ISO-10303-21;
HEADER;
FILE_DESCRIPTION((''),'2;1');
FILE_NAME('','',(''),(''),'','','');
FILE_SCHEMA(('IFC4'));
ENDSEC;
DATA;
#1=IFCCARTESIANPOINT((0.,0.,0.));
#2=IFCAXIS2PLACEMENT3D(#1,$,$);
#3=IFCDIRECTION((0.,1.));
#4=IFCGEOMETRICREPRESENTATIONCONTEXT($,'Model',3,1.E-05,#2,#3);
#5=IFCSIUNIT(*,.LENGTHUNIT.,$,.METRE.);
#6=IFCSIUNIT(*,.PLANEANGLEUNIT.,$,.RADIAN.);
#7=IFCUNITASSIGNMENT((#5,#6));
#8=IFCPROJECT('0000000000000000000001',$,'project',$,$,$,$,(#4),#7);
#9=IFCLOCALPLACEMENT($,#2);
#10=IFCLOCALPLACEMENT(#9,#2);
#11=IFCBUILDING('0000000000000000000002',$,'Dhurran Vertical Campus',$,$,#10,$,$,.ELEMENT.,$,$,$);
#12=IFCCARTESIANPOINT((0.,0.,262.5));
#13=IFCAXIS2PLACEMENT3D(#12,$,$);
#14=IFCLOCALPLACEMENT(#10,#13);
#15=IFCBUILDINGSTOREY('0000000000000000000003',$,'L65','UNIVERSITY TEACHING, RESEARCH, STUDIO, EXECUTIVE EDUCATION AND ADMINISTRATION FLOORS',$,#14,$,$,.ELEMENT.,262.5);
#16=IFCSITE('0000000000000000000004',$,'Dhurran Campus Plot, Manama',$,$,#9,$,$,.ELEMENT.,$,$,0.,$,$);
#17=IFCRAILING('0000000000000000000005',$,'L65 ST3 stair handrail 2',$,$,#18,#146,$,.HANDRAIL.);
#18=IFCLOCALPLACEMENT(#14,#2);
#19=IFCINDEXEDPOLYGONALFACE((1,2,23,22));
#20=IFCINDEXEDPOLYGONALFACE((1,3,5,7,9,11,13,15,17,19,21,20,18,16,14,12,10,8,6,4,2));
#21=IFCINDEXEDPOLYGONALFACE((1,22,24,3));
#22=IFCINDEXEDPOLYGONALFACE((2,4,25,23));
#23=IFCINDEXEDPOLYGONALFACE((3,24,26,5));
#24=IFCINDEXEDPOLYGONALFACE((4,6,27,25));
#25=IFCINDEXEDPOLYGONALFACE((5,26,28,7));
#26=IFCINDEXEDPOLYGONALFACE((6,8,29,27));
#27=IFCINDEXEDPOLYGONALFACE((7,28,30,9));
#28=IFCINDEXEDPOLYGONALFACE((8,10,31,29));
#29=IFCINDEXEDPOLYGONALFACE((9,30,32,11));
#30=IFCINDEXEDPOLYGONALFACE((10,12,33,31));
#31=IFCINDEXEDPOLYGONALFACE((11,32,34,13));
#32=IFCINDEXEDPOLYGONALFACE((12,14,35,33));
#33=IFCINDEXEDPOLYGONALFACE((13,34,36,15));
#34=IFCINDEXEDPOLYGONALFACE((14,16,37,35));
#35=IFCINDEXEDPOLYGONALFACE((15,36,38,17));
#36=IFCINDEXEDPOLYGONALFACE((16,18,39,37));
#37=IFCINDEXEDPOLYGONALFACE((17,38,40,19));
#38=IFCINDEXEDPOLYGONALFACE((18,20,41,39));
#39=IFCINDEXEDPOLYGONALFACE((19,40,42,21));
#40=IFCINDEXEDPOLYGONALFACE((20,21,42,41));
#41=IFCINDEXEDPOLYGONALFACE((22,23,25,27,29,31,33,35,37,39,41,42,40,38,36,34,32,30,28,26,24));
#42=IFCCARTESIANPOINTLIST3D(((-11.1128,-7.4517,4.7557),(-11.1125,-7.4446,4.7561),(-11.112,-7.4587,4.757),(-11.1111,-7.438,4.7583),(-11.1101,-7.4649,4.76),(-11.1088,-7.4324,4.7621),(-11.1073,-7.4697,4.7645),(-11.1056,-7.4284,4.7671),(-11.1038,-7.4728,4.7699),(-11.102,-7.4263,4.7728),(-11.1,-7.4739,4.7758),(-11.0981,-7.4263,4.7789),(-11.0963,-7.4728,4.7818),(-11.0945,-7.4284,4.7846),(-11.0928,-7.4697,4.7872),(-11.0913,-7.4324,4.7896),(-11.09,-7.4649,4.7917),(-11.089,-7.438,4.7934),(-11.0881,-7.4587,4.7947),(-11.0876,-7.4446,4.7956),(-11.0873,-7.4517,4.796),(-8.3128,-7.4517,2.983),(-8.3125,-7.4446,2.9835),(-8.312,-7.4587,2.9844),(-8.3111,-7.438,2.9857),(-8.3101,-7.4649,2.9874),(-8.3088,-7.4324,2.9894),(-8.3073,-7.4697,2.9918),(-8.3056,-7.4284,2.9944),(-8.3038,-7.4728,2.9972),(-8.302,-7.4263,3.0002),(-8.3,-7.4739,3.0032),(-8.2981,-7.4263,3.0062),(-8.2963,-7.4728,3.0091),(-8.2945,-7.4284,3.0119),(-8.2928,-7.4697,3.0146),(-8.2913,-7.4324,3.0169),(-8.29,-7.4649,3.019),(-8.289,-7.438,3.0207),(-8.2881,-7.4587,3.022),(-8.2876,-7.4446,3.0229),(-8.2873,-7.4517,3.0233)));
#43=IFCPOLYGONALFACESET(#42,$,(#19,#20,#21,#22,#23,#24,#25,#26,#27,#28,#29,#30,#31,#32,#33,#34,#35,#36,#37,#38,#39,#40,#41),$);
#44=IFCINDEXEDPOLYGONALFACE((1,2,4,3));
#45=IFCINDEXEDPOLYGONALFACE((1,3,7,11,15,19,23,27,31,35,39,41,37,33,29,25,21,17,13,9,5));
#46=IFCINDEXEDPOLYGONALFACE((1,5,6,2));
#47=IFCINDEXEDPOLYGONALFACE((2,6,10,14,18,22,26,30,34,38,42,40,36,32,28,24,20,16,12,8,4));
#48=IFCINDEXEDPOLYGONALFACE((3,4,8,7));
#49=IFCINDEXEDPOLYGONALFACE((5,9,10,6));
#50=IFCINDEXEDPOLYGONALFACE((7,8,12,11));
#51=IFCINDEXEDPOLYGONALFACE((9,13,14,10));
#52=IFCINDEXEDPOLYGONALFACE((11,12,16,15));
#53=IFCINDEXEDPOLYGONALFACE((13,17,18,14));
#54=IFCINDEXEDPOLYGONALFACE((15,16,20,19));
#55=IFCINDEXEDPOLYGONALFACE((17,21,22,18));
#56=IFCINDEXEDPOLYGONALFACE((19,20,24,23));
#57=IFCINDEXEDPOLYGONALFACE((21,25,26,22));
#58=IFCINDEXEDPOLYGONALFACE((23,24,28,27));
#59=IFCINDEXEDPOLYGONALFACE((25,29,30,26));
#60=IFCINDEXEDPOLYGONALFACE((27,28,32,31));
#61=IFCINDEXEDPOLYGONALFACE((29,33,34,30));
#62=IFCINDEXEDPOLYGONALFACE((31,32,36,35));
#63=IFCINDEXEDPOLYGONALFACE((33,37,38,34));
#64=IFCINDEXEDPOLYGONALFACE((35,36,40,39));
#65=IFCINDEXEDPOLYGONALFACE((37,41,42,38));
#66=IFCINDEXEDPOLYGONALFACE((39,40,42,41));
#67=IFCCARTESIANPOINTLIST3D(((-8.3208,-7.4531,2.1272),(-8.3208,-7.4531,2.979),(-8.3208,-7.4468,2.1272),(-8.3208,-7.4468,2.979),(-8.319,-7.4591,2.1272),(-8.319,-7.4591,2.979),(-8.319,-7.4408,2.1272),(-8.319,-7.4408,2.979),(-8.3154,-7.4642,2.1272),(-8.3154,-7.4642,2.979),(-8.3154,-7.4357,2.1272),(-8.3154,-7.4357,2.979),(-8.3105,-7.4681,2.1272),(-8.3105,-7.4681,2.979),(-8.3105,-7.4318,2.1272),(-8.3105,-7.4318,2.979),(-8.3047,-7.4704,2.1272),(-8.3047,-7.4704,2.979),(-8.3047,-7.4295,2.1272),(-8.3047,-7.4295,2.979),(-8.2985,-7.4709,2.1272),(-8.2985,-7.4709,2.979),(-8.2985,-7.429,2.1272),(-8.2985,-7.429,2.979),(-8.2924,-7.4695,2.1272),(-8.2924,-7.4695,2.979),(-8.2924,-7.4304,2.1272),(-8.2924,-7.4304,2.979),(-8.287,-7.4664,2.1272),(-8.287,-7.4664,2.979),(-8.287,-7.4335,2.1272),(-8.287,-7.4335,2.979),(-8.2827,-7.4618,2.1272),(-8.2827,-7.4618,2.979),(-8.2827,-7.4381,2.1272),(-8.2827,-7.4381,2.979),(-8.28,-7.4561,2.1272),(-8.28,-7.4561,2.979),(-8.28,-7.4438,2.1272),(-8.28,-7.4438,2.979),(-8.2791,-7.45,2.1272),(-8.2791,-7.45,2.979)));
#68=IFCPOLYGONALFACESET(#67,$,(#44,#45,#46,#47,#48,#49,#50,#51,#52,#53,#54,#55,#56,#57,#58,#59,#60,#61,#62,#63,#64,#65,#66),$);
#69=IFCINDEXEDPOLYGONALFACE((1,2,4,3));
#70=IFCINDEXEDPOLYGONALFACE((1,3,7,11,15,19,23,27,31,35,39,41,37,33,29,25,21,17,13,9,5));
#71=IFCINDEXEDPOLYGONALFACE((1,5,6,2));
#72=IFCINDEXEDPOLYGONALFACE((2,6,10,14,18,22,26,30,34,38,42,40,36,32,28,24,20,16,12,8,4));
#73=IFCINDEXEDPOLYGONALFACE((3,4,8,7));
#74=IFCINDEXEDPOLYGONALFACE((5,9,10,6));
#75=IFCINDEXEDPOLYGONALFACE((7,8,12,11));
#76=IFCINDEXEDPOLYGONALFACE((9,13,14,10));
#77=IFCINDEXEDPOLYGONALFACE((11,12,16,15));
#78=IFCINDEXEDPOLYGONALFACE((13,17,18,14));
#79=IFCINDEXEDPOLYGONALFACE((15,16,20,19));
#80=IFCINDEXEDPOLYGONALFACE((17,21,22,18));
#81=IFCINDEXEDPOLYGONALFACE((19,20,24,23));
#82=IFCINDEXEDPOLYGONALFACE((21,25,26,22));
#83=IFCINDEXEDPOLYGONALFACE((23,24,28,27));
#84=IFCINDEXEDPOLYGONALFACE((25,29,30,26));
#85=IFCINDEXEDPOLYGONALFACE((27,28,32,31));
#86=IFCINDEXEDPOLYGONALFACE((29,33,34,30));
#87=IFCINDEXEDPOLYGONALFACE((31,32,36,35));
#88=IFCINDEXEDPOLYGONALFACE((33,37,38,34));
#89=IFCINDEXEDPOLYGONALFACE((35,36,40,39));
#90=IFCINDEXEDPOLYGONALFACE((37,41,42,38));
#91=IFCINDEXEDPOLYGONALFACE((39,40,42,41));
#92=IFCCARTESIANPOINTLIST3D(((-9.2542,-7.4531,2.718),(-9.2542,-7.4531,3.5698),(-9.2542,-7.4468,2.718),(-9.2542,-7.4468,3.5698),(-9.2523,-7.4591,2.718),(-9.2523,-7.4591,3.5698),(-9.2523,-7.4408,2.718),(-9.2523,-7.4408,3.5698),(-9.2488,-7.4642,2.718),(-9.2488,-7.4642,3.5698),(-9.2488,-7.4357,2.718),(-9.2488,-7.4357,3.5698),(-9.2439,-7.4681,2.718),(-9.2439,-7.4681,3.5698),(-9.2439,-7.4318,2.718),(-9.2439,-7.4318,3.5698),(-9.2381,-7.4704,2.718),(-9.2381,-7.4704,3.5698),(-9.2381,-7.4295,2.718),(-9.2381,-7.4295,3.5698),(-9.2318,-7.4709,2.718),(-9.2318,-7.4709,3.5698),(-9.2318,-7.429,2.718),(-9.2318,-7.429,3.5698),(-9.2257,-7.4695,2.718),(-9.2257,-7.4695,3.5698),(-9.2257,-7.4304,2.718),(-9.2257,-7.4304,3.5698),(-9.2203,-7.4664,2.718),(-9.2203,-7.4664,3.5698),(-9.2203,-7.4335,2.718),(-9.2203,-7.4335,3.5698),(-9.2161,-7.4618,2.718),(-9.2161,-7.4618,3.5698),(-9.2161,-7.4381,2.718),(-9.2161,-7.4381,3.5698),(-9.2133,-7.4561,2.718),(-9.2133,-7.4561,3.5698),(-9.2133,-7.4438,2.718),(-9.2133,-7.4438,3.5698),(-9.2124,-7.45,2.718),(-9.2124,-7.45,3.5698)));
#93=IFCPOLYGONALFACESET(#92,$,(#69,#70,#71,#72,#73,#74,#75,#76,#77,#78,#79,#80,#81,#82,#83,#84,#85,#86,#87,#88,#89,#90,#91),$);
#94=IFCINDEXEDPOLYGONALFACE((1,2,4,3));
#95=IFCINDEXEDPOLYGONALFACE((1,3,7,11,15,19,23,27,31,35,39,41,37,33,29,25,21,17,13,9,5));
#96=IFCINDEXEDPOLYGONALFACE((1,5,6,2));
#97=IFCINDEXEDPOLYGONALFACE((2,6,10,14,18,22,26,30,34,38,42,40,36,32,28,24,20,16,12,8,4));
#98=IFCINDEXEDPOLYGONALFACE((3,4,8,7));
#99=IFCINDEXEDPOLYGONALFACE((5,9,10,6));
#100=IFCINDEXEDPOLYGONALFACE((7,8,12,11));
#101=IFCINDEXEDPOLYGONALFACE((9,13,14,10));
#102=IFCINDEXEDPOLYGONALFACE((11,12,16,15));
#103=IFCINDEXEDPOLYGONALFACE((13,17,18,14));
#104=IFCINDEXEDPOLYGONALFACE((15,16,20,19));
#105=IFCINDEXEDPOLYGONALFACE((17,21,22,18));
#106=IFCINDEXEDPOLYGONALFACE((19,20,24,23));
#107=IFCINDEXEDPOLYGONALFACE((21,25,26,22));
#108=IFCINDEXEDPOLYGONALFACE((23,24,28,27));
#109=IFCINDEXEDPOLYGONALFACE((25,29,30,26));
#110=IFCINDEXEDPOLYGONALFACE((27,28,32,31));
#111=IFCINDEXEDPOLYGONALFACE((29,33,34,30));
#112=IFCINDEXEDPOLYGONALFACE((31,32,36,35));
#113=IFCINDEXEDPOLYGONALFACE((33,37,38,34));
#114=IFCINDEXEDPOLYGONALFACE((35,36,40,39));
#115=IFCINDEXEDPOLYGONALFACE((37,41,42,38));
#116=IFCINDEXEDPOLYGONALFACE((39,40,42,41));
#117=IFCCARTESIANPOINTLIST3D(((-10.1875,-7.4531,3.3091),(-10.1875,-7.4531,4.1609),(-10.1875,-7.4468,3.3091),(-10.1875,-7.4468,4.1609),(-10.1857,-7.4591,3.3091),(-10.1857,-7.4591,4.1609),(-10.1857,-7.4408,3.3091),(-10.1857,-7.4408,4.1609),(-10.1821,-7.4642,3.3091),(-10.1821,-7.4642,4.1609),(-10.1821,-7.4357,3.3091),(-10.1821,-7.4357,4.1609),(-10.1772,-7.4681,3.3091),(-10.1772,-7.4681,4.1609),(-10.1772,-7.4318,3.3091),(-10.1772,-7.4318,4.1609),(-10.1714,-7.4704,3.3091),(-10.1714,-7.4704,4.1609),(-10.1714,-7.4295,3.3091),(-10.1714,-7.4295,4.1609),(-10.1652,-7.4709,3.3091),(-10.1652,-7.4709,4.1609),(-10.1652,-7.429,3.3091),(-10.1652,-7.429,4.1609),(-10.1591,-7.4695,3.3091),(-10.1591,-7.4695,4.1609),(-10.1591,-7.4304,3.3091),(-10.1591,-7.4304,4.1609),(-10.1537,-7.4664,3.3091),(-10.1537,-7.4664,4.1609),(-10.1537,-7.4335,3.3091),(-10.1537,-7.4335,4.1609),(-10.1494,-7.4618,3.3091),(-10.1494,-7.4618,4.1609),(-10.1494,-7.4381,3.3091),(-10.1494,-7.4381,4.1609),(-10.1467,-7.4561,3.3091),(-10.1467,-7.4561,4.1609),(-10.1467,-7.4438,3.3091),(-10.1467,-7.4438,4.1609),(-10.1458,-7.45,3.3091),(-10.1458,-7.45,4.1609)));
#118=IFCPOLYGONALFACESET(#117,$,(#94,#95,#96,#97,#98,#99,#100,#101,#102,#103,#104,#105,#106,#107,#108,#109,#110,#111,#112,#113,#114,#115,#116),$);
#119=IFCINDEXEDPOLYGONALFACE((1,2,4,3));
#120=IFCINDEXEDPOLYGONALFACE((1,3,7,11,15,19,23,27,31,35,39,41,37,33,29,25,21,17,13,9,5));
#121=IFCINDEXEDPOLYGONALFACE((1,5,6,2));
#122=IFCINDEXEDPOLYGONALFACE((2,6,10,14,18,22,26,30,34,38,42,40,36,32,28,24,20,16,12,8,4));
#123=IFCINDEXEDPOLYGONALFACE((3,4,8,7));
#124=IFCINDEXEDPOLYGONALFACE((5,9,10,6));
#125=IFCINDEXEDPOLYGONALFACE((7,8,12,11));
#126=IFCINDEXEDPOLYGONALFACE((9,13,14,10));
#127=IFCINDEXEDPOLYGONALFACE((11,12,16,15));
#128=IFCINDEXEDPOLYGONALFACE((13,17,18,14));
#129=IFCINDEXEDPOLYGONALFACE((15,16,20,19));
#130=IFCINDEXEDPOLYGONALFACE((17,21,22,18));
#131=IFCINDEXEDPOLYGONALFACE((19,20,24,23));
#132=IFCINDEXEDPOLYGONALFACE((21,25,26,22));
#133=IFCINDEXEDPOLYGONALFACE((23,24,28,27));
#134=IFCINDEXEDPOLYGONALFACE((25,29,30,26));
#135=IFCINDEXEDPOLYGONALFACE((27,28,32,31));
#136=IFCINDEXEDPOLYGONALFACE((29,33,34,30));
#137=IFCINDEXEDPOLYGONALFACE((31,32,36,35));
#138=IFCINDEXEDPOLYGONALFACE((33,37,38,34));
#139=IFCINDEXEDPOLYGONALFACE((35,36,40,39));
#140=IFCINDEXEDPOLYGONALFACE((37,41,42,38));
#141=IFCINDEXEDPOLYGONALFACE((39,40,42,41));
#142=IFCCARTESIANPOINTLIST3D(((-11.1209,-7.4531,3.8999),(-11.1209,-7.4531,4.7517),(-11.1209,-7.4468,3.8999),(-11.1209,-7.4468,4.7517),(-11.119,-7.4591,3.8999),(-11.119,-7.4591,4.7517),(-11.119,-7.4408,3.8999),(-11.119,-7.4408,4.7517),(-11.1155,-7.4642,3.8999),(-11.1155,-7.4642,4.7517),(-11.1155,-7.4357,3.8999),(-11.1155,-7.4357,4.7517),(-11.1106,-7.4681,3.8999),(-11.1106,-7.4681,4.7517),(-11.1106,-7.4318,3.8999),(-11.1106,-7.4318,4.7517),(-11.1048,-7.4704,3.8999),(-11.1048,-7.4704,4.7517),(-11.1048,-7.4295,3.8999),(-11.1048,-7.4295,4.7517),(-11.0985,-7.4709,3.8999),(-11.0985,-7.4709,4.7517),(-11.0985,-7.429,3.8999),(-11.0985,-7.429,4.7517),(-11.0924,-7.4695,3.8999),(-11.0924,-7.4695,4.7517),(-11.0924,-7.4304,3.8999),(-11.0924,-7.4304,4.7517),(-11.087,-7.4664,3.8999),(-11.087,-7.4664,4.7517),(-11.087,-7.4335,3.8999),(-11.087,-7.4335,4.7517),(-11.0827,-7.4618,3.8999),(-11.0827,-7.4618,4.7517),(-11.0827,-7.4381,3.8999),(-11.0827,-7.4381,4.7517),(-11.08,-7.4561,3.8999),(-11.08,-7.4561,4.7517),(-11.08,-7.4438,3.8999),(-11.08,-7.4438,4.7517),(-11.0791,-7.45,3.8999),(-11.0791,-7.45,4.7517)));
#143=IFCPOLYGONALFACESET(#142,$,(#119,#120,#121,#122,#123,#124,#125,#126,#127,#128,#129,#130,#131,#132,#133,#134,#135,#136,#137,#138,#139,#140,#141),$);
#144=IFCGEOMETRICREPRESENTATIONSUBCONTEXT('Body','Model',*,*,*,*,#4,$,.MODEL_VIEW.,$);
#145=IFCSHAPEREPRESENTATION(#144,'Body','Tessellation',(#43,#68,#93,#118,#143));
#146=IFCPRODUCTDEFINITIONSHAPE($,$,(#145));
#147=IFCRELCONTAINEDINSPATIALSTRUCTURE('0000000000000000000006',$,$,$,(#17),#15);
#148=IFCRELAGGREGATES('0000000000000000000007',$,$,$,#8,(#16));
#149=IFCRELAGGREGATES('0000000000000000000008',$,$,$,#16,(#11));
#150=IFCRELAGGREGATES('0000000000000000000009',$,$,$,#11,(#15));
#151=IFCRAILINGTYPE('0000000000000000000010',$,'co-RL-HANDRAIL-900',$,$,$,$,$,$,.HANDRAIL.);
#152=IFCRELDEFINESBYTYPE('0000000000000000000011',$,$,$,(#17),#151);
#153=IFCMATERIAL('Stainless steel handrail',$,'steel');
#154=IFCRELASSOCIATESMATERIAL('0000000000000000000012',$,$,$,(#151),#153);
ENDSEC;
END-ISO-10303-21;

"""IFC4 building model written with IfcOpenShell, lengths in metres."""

from ifc_helpers import new_model, si_unit, direction, frame, origin, origin_2d, place, context, subcontext, project, spatial, circle, extrude, material, type_object, element, save


model = new_model("IFC4")

# Units and contexts
model_context = context("Model", 3, precision=1e-05, world=origin(), true_north=direction((0.0, 1.0)))
body_context = subcontext(model_context, "Body", "Model", "MODEL_VIEW")
ifc_project = project(units=[si_unit("LENGTHUNIT", "METRE"), si_unit("PLANEANGLEUNIT", "RADIAN")], contexts=[model_context])

# Site, building, storey
site_placement = place(None, origin())
site = spatial("IfcSite", under=ifc_project, at=site_placement, Name="Dhurran Campus Plot, Manama", CompositionType="ELEMENT", RefElevation=0.0)
building_placement = place(site_placement, origin())
building = spatial("IfcBuilding", under=site, at=building_placement, Name="Dhurran Vertical Campus", CompositionType="ELEMENT")
storey_placement = place(building_placement, frame((0.0, 0.0, 262.5)))
storey = spatial("IfcBuildingStorey", under=building, at=storey_placement, Name="L65", Description="UNIVERSITY TEACHING, RESEARCH, STUDIO, EXECUTIVE EDUCATION AND ADMINISTRATION FLOORS", CompositionType="ELEMENT", Elevation=262.5)

# Railing
ifc_material_1 = material(Name="Stainless steel handrail", Category="steel")
railing_type_1 = type_object("IfcRailingType", Name="co-RL-HANDRAIL-900", PredefinedType="HANDRAIL", material=ifc_material_1)
railing_1_placement = place(storey_placement, frame((-8.3, -7.45, 2.1272)))
element("IfcRailing", 1, at=railing_1_placement, inside=storey, type_object=railing_type_1, Name="L65 ST3 stair handrail 2", PredefinedType="HANDRAIL", context=body_context, shape_type="SweptSolid", body=[
    extrude(circle(Radius=0.0239, at=origin_2d()), frame((0.0, 0.0, 0.876), z_axis=(-0.844909, 0.0, 0.53491), x_axis=(0.0, -1.0, 0.0)), (0.0, 0.0, 1.0), 3.314),
    extrude(circle(Radius=0.021, at=origin_2d()), origin(), (0.0, 0.0, 1.0), 0.8518),
    extrude(circle(Radius=0.021, at=origin_2d()), frame((-0.9333, 0.0, 0.5908)), (0.0, 0.0, 1.0), 0.8518),
    extrude(circle(Radius=0.021, at=origin_2d()), frame((-1.8667, 0.0, 1.1819)), (0.0, 0.0, 1.0), 0.8518),
    extrude(circle(Radius=0.021, at=origin_2d()), frame((-2.8, 0.0, 1.7727)), (0.0, 0.0, 1.0), 0.8518),
])

save(model, "model.ifc")
